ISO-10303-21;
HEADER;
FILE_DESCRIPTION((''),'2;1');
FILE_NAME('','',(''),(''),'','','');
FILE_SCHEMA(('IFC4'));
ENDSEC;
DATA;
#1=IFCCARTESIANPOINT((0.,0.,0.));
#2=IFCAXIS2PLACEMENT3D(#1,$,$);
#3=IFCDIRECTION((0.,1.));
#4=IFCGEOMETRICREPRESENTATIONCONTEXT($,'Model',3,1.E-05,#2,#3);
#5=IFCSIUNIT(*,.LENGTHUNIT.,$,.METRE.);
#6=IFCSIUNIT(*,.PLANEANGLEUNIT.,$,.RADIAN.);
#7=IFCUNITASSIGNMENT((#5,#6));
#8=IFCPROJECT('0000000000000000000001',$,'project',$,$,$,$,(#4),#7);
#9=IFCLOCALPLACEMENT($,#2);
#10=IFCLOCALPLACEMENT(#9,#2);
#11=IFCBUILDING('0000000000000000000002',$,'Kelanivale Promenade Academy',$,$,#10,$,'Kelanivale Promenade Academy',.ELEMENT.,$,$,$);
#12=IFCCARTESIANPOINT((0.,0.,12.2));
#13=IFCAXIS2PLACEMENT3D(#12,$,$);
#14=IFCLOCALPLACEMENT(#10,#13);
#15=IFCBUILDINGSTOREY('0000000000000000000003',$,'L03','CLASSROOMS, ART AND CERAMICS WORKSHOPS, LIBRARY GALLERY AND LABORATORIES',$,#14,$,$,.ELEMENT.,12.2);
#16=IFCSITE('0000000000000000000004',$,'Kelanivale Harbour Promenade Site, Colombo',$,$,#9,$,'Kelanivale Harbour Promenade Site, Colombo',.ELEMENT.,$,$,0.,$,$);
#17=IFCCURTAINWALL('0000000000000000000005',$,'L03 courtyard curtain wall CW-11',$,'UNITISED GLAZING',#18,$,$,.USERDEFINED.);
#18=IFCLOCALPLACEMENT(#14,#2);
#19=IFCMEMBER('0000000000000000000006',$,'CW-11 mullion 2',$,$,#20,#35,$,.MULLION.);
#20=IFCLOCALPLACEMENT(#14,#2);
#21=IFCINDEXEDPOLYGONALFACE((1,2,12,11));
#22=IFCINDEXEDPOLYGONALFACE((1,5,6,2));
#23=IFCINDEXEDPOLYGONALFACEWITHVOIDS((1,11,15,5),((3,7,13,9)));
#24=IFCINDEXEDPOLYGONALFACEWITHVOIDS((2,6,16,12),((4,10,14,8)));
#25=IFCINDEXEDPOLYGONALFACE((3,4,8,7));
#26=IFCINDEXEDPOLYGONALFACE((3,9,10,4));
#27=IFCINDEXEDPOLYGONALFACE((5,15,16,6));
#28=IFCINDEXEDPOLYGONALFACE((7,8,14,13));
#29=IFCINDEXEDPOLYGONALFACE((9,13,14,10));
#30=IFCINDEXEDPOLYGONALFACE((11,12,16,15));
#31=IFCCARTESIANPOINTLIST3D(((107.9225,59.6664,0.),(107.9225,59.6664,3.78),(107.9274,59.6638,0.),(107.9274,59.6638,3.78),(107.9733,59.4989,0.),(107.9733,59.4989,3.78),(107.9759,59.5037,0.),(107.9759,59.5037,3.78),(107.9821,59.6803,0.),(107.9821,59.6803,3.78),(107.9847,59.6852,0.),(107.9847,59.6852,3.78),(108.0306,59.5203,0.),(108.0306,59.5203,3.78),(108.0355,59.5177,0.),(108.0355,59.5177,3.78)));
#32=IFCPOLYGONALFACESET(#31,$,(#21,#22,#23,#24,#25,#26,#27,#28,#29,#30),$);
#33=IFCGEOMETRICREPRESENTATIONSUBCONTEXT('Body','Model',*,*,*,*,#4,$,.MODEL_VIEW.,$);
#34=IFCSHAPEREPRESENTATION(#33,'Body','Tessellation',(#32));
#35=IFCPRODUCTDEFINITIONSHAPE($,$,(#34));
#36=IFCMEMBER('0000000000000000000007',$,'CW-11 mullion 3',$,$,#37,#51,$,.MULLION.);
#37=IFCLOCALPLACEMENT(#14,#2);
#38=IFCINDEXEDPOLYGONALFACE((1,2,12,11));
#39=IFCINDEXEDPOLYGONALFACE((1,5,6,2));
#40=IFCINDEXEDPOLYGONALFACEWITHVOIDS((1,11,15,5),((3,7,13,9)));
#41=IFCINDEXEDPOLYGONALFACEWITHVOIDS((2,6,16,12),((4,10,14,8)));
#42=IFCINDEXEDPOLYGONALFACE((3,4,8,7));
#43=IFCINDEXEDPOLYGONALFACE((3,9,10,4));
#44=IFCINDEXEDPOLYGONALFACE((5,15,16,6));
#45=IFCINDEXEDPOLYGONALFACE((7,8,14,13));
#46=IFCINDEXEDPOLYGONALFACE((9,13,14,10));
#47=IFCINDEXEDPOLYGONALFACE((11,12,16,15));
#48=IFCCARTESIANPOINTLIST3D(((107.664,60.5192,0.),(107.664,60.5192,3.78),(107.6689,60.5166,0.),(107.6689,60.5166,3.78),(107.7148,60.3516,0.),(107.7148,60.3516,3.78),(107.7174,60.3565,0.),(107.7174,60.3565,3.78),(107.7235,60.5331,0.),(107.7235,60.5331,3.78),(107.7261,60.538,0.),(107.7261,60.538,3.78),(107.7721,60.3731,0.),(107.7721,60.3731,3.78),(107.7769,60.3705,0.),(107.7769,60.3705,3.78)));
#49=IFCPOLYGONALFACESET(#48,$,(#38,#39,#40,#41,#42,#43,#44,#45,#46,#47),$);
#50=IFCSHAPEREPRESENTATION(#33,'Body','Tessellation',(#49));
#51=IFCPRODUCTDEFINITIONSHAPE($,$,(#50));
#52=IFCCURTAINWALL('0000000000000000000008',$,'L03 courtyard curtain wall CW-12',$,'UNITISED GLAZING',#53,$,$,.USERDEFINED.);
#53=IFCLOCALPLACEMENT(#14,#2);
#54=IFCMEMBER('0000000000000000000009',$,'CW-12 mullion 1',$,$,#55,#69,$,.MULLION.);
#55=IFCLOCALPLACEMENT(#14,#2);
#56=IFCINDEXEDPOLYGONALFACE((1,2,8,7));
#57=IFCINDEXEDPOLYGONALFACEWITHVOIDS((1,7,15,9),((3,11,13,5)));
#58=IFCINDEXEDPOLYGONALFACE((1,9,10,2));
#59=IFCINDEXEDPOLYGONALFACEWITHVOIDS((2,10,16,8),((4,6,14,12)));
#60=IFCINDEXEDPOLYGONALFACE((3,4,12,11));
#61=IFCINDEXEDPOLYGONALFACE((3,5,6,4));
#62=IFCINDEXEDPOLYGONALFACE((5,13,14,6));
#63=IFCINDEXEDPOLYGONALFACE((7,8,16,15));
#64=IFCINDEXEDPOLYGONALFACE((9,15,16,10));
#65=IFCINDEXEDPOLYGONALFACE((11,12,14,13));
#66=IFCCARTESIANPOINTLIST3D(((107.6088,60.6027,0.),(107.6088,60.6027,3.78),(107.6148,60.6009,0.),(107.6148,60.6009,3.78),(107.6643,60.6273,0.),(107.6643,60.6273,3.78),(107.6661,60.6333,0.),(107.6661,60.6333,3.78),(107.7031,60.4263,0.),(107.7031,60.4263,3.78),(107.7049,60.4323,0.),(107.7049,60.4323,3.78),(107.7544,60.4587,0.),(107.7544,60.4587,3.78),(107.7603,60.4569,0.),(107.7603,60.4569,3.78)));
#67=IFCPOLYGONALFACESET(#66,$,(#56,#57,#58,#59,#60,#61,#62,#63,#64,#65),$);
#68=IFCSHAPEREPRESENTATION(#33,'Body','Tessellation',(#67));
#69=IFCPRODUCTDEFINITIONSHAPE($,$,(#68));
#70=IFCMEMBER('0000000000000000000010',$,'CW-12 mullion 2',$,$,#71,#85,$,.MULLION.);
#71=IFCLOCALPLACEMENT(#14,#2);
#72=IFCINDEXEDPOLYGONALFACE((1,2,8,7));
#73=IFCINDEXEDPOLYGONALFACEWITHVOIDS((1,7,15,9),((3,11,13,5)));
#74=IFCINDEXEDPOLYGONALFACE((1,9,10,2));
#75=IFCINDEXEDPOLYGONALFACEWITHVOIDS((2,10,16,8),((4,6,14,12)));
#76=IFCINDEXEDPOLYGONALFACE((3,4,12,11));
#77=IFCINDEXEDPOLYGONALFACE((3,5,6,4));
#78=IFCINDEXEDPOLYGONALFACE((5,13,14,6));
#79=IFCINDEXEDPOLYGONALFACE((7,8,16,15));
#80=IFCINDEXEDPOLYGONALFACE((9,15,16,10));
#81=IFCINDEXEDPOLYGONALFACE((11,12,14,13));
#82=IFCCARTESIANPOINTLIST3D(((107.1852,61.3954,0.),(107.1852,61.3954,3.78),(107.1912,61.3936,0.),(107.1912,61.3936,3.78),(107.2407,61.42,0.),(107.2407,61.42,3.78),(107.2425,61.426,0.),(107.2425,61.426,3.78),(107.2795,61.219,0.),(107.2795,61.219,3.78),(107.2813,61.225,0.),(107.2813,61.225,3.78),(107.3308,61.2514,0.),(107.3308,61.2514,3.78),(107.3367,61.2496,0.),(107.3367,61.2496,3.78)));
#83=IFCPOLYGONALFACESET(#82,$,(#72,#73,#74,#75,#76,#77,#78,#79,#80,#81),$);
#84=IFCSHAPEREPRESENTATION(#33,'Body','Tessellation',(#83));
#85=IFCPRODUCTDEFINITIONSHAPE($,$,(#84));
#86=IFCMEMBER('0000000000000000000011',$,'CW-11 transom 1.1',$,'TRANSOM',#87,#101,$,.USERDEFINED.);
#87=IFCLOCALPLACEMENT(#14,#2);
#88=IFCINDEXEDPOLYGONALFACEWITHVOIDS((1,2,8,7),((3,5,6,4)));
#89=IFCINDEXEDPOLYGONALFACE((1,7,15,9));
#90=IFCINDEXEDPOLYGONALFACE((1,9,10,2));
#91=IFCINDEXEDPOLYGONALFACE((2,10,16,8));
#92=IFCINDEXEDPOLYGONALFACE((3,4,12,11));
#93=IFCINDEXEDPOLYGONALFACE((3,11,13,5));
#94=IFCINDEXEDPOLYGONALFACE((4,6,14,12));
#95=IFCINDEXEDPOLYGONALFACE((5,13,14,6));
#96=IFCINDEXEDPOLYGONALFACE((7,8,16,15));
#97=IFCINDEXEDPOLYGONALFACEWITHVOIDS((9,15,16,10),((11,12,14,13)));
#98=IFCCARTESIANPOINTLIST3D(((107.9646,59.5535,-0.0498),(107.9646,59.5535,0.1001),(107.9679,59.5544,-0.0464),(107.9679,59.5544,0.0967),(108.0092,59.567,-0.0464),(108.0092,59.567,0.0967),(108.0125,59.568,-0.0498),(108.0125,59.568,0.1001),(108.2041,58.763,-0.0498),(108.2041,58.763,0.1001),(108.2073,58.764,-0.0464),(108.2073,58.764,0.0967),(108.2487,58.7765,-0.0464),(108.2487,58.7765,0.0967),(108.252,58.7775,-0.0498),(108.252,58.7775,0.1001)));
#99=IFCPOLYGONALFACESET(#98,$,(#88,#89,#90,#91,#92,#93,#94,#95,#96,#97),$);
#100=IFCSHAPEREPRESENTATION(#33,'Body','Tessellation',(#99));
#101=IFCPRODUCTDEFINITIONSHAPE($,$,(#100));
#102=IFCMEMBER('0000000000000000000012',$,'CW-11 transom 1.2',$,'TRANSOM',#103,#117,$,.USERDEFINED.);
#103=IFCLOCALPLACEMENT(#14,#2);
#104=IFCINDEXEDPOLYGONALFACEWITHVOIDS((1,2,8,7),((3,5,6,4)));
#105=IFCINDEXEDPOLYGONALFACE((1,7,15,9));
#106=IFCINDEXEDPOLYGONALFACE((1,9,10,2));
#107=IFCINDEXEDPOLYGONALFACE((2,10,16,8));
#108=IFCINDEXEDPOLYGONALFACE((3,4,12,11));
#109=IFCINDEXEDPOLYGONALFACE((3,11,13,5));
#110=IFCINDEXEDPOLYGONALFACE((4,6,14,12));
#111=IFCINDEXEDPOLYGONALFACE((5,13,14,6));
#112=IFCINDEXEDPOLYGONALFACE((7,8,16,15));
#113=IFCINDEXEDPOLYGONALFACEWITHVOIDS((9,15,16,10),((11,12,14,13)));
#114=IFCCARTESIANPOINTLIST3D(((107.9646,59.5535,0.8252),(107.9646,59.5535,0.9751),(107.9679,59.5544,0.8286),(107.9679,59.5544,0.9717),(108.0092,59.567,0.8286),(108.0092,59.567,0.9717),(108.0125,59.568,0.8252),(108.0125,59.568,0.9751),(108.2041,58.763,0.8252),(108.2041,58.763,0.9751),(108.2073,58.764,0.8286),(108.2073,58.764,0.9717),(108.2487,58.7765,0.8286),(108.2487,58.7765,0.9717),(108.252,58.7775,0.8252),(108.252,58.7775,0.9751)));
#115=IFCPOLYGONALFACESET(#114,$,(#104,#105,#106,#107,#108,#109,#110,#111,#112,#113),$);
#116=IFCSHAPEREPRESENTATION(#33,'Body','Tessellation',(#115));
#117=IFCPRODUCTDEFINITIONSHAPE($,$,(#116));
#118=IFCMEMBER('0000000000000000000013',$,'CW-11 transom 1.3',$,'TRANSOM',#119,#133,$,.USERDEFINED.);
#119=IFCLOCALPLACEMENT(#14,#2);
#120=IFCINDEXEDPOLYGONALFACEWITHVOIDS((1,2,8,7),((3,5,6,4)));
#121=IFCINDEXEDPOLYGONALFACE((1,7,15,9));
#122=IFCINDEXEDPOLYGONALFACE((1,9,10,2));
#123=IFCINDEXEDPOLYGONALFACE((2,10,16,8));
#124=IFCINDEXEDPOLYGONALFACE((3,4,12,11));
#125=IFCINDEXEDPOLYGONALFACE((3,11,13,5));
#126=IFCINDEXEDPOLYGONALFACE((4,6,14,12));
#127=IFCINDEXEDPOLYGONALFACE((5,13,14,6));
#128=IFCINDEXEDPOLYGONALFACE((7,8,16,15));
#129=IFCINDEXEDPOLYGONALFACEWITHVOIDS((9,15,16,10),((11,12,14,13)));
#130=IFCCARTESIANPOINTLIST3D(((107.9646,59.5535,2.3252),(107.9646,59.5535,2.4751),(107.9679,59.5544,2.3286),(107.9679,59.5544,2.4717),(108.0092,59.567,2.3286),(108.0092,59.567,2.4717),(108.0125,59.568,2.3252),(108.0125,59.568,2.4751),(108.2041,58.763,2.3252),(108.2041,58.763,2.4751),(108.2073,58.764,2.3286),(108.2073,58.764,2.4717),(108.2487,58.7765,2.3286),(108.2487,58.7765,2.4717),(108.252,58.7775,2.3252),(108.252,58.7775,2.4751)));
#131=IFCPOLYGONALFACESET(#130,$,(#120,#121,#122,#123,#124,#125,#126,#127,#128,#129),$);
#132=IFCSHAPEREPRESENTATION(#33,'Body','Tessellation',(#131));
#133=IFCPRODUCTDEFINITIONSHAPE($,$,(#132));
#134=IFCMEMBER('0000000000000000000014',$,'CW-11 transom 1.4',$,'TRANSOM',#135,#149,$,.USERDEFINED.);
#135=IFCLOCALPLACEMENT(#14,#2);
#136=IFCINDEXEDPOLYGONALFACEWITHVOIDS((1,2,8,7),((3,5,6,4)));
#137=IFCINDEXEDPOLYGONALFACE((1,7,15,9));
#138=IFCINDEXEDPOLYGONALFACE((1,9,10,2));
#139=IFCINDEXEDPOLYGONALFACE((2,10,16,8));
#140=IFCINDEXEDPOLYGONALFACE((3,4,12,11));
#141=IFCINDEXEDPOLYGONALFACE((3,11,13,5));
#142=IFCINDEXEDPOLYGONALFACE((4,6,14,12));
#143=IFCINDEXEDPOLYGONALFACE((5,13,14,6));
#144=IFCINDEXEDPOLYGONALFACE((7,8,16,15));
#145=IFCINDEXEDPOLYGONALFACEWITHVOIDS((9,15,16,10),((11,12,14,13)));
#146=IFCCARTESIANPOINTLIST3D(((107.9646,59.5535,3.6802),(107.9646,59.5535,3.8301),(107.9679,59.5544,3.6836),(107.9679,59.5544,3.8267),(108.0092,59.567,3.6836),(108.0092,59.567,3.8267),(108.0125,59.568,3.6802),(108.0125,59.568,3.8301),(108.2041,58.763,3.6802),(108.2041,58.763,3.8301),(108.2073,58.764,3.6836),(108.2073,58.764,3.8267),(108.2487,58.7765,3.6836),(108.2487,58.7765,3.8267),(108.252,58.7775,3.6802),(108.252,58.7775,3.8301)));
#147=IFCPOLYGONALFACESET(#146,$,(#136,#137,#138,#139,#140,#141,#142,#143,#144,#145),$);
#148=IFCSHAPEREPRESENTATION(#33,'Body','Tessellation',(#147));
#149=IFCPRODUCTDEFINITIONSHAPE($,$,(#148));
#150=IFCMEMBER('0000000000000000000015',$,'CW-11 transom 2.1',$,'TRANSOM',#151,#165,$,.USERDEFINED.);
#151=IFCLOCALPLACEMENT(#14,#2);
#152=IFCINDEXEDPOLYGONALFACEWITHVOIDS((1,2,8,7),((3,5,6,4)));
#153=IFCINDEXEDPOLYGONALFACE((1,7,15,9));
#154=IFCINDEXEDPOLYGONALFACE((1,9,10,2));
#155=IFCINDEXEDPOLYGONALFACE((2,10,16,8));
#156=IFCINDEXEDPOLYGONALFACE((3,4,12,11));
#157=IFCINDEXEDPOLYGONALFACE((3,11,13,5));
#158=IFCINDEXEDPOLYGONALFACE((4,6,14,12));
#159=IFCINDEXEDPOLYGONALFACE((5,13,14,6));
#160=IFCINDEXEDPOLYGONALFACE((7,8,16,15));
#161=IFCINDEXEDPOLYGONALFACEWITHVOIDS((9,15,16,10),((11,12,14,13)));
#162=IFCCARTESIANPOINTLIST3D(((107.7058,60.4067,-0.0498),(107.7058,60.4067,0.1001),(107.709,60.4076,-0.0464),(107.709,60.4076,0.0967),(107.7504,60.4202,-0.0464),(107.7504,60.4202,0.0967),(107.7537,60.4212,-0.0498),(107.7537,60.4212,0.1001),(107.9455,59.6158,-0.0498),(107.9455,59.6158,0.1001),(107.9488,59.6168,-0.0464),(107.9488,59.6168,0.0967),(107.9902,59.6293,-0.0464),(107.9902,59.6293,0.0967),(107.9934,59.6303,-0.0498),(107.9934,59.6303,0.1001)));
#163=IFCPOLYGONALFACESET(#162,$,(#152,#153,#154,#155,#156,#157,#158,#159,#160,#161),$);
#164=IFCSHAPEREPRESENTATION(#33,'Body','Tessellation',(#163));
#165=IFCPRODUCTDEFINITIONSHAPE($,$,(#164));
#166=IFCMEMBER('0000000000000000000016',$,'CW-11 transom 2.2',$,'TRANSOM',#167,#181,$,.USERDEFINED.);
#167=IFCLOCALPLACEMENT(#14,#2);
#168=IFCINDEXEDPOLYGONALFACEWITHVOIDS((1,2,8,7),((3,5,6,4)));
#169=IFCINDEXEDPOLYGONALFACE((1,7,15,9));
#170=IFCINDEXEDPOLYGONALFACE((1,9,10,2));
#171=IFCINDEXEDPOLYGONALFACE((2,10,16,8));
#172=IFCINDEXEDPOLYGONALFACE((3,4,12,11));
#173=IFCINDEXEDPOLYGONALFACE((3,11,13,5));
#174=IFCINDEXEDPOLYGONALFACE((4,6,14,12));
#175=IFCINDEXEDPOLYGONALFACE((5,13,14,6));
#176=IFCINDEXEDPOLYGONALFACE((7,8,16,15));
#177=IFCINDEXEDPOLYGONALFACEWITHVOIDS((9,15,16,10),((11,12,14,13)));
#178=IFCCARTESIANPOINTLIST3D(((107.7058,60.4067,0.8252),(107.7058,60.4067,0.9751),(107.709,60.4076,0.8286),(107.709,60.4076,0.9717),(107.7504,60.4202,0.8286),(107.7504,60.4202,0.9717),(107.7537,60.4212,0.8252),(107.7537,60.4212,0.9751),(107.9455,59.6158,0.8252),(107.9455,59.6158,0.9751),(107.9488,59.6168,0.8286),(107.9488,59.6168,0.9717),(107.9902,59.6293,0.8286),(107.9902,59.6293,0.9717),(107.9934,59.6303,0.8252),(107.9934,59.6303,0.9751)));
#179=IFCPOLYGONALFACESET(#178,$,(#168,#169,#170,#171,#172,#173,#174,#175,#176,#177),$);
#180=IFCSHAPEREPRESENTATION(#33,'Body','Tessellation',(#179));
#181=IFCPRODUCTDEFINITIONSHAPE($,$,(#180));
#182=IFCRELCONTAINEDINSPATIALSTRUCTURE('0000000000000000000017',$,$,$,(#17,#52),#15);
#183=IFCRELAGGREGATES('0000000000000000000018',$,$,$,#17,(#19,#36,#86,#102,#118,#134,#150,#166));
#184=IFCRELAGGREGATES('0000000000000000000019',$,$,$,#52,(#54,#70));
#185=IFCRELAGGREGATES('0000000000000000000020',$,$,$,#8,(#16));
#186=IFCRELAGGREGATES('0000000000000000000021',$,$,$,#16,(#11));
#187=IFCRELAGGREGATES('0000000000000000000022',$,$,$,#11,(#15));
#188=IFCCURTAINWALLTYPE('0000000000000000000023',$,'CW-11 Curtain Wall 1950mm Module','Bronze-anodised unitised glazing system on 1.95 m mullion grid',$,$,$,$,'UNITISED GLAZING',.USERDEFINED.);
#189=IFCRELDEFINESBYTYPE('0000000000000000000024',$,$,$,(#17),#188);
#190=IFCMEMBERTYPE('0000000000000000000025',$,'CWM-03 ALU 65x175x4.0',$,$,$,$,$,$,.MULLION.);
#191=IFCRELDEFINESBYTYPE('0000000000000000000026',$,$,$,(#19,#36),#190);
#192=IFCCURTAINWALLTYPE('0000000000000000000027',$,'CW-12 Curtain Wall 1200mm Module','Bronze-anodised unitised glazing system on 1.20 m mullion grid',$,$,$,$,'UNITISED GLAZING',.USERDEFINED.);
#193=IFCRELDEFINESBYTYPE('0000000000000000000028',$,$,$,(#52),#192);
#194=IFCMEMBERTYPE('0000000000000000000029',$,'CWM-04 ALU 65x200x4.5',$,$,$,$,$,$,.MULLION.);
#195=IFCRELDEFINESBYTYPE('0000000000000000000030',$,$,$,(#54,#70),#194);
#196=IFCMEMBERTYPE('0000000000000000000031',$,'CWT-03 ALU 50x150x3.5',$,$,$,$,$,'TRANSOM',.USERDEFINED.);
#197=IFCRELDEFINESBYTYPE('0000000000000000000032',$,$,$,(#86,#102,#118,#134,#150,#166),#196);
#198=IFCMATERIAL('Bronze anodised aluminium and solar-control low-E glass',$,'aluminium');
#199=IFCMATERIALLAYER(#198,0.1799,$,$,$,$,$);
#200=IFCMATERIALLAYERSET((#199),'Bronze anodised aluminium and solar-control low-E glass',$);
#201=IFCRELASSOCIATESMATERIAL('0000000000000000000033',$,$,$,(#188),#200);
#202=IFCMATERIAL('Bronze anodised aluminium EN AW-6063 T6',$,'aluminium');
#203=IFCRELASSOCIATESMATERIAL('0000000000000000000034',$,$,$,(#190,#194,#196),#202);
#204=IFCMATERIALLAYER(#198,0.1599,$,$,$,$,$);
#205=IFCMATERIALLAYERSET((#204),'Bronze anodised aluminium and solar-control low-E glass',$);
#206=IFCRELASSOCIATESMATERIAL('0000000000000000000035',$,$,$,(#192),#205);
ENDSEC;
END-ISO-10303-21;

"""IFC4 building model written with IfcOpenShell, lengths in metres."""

from ifc_helpers import new_model, si_unit, direction, frame, origin, origin_2d, place, context, subcontext, project, spatial, hollow_rectangle, extrude, material, layer, layer_set, material_profile, profile_set, type_object, element, aggregate, save


model = new_model("IFC4")

# Units and contexts
model_context = context("Model", 3, precision=1e-05, world=origin(), true_north=direction((0.0, 1.0)))
body_context = subcontext(model_context, "Body", "Model", "MODEL_VIEW")
ifc_project = project(units=[si_unit("LENGTHUNIT", "METRE"), si_unit("PLANEANGLEUNIT", "RADIAN")], contexts=[model_context])

# Site, building, storey
site_placement = place(None, origin())
site = spatial("IfcSite", under=ifc_project, at=site_placement, Name="Kelanivale Harbour Promenade Site, Colombo", LongName="Kelanivale Harbour Promenade Site, Colombo", CompositionType="ELEMENT", RefElevation=0.0)
building_placement = place(site_placement, origin())
building = spatial("IfcBuilding", under=site, at=building_placement, Name="Kelanivale Promenade Academy", LongName="Kelanivale Promenade Academy", CompositionType="ELEMENT")
storey_placement = place(building_placement, frame((0.0, 0.0, 12.2)))
storey = spatial("IfcBuildingStorey", under=building, at=storey_placement, Name="L03", Description="CLASSROOMS, ART AND CERAMICS WORKSHOPS, LIBRARY GALLERY AND LABORATORIES", CompositionType="ELEMENT", Elevation=12.2)

# Curtain walls, members
ifc_material_1 = material(Name="Bronze anodised aluminium and solar-control low-E glass", Category="aluminium")
ifc_layer_1 = layer(ifc_material_1, 0.1799)
ifc_layer_set_1 = layer_set([ifc_layer_1], Name="Bronze anodised aluminium and solar-control low-E glass")
curtain_wall_type_1 = type_object("IfcCurtainWallType", Name="CW-11 Curtain Wall 1950mm Module", Description="Bronze-anodised unitised glazing system on 1.95 m mullion grid", ElementType="UNITISED GLAZING", PredefinedType="USERDEFINED", material=ifc_layer_set_1)
curtain_wall_1_placement = place(storey_placement, origin())
curtain_wall_1 = element("IfcCurtainWall", 1, at=curtain_wall_1_placement, inside=storey, type_object=curtain_wall_type_1, Name="L03 courtyard curtain wall CW-11", ObjectType="UNITISED GLAZING", PredefinedType="USERDEFINED")
ifc_material_2 = material(Name="Bronze anodised aluminium EN AW-6063 T6", Category="aluminium")
ifc_material_profile_1 = material_profile(ifc_material_2, hollow_rectangle(XDim=0.0649, YDim=0.175, WallThickness=0.0039, at=origin_2d()), Name="ALU 65x175x4.0")
ifc_profile_set_1 = profile_set([ifc_material_profile_1], Name="Bronze anodised aluminium EN AW-6063 T6")
member_type_1 = type_object("IfcMemberType", Name="CWM-03 ALU 65x175x4.0", PredefinedType="MULLION", material=ifc_profile_set_1)
member_1_placement = place(storey_placement, frame((107.979, 59.592, 0.0), z_axis=(0.0, 0.0, 1.0), x_axis=(-0.956988, -0.290128, 0.0)))
member_1 = element("IfcMember", 2, at=member_1_placement, type_object=member_type_1, Name="CW-11 mullion 2", PredefinedType="MULLION", context=body_context, shape_type="SweptSolid", body=[
    extrude(hollow_rectangle(XDim=0.0649, YDim=0.175, WallThickness=0.0039, at=origin_2d()), origin(), (0.0, 0.0, 1.0), 3.78),
])
member_2_placement = place(storey_placement, frame((107.7205, 60.4448, 0.0), z_axis=(0.0, 0.0, 1.0), x_axis=(-0.956988, -0.290128, 0.0)))
member_2 = element("IfcMember", 3, at=member_2_placement, type_object=member_type_1, Name="CW-11 mullion 3", PredefinedType="MULLION", context=body_context, shape_type="SweptSolid", body=[
    extrude(hollow_rectangle(XDim=0.0649, YDim=0.175, WallThickness=0.0039, at=origin_2d()), origin(), (0.0, 0.0, 1.0), 3.78),
])
ifc_layer_2 = layer(ifc_material_1, 0.1599)
ifc_layer_set_2 = layer_set([ifc_layer_2], Name="Bronze anodised aluminium and solar-control low-E glass")
curtain_wall_type_2 = type_object("IfcCurtainWallType", Name="CW-12 Curtain Wall 1200mm Module", Description="Bronze-anodised unitised glazing system on 1.20 m mullion grid", ElementType="UNITISED GLAZING", PredefinedType="USERDEFINED", material=ifc_layer_set_2)
curtain_wall_2_placement = place(storey_placement, origin())
curtain_wall_2 = element("IfcCurtainWall", 4, at=curtain_wall_2_placement, inside=storey, type_object=curtain_wall_type_2, Name="L03 courtyard curtain wall CW-12", ObjectType="UNITISED GLAZING", PredefinedType="USERDEFINED")
ifc_material_profile_2 = material_profile(ifc_material_2, hollow_rectangle(XDim=0.0649, YDim=0.2, WallThickness=0.0044, at=origin_2d()), Name="ALU 65x200x4.5")
ifc_profile_set_2 = profile_set([ifc_material_profile_2], Name="Bronze anodised aluminium EN AW-6063 T6")
member_type_2 = type_object("IfcMemberType", Name="CWM-04 ALU 65x200x4.5", PredefinedType="MULLION", material=ifc_profile_set_2)
member_3_placement = place(storey_placement, frame((107.6846, 60.5298, 0.0), z_axis=(0.0, 0.0, 1.0), x_axis=(-0.881966, -0.471312, 0.0)))
member_3 = element("IfcMember", 5, at=member_3_placement, type_object=member_type_2, Name="CW-12 mullion 1", PredefinedType="MULLION", context=body_context, shape_type="SweptSolid", body=[
    extrude(hollow_rectangle(XDim=0.0649, YDim=0.2, WallThickness=0.0044, at=origin_2d()), origin(), (0.0, 0.0, 1.0), 3.78),
])
member_4_placement = place(storey_placement, frame((107.261, 61.3225, 0.0), z_axis=(0.0, 0.0, 1.0), x_axis=(-0.881966, -0.471312, 0.0)))
member_4 = element("IfcMember", 6, at=member_4_placement, type_object=member_type_2, Name="CW-12 mullion 2", PredefinedType="MULLION", context=body_context, shape_type="SweptSolid", body=[
    extrude(hollow_rectangle(XDim=0.0649, YDim=0.2, WallThickness=0.0044, at=origin_2d()), origin(), (0.0, 0.0, 1.0), 3.78),
])

# Members
ifc_material_profile_3 = material_profile(ifc_material_2, hollow_rectangle(XDim=0.05, YDim=0.1499, WallThickness=0.0034, at=origin_2d()), Name="ALU 50x150x3.5")
ifc_profile_set_3 = profile_set([ifc_material_profile_3], Name="Bronze anodised aluminium EN AW-6063 T6")
member_type_3 = type_object("IfcMemberType", Name="CWT-03 ALU 50x150x3.5", ElementType="TRANSOM", PredefinedType="USERDEFINED", material=ifc_profile_set_3)
member_5_placement = place(storey_placement, frame((108.228, 58.7703, 0.0251), z_axis=(-0.28995, 0.957042, 0.0), x_axis=(-0.957042, -0.28995, 0.0)))
member_5 = element("IfcMember", 7, at=member_5_placement, type_object=member_type_3, Name="CW-11 transom 1.1", ObjectType="TRANSOM", PredefinedType="USERDEFINED", context=body_context, shape_type="SweptSolid", body=[
    extrude(hollow_rectangle(XDim=0.05, YDim=0.1499, WallThickness=0.0034, at=origin_2d()), origin(), (0.0, 0.0, 1.0), 0.8259),
])
member_6_placement = place(storey_placement, frame((108.228, 58.7703, 0.9001), z_axis=(-0.28995, 0.957042, 0.0), x_axis=(-0.957042, -0.28995, 0.0)))
member_6 = element("IfcMember", 8, at=member_6_placement, type_object=member_type_3, Name="CW-11 transom 1.2", ObjectType="TRANSOM", PredefinedType="USERDEFINED", context=body_context, shape_type="SweptSolid", body=[
    extrude(hollow_rectangle(XDim=0.05, YDim=0.1499, WallThickness=0.0034, at=origin_2d()), origin(), (0.0, 0.0, 1.0), 0.8259),
])
member_7_placement = place(storey_placement, frame((108.228, 58.7703, 2.4001), z_axis=(-0.28995, 0.957042, 0.0), x_axis=(-0.957042, -0.28995, 0.0)))
member_7 = element("IfcMember", 9, at=member_7_placement, type_object=member_type_3, Name="CW-11 transom 1.3", ObjectType="TRANSOM", PredefinedType="USERDEFINED", context=body_context, shape_type="SweptSolid", body=[
    extrude(hollow_rectangle(XDim=0.05, YDim=0.1499, WallThickness=0.0034, at=origin_2d()), origin(), (0.0, 0.0, 1.0), 0.8259),
])
member_8_placement = place(storey_placement, frame((108.228, 58.7703, 3.7551), z_axis=(-0.28995, 0.957042, 0.0), x_axis=(-0.957042, -0.28995, 0.0)))
member_8 = element("IfcMember", 10, at=member_8_placement, type_object=member_type_3, Name="CW-11 transom 1.4", ObjectType="TRANSOM", PredefinedType="USERDEFINED", context=body_context, shape_type="SweptSolid", body=[
    extrude(hollow_rectangle(XDim=0.05, YDim=0.1499, WallThickness=0.0034, at=origin_2d()), origin(), (0.0, 0.0, 1.0), 0.8259),
])
member_9_placement = place(storey_placement, frame((107.9695, 59.623, 0.0251), z_axis=(-0.290139, 0.956985, 0.0), x_axis=(-0.956985, -0.290139, 0.0)))
member_9 = element("IfcMember", 11, at=member_9_placement, type_object=member_type_3, Name="CW-11 transom 2.1", ObjectType="TRANSOM", PredefinedType="USERDEFINED", context=body_context, shape_type="SweptSolid", body=[
    extrude(hollow_rectangle(XDim=0.05, YDim=0.1499, WallThickness=0.0034, at=origin_2d()), origin(), (0.0, 0.0, 1.0), 0.8264),
])
member_10_placement = place(storey_placement, frame((107.9695, 59.623, 0.9001), z_axis=(-0.290139, 0.956985, 0.0), x_axis=(-0.956985, -0.290139, 0.0)))
member_10 = element("IfcMember", 12, at=member_10_placement, type_object=member_type_3, Name="CW-11 transom 2.2", ObjectType="TRANSOM", PredefinedType="USERDEFINED", context=body_context, shape_type="SweptSolid", body=[
    extrude(hollow_rectangle(XDim=0.05, YDim=0.1499, WallThickness=0.0034, at=origin_2d()), origin(), (0.0, 0.0, 1.0), 0.8264),
])

aggregate(curtain_wall_1, [member_1, member_2, member_5, member_6, member_7, member_8, member_9, member_10])
aggregate(curtain_wall_2, [member_3, member_4])

save(model, "model.ifc")
